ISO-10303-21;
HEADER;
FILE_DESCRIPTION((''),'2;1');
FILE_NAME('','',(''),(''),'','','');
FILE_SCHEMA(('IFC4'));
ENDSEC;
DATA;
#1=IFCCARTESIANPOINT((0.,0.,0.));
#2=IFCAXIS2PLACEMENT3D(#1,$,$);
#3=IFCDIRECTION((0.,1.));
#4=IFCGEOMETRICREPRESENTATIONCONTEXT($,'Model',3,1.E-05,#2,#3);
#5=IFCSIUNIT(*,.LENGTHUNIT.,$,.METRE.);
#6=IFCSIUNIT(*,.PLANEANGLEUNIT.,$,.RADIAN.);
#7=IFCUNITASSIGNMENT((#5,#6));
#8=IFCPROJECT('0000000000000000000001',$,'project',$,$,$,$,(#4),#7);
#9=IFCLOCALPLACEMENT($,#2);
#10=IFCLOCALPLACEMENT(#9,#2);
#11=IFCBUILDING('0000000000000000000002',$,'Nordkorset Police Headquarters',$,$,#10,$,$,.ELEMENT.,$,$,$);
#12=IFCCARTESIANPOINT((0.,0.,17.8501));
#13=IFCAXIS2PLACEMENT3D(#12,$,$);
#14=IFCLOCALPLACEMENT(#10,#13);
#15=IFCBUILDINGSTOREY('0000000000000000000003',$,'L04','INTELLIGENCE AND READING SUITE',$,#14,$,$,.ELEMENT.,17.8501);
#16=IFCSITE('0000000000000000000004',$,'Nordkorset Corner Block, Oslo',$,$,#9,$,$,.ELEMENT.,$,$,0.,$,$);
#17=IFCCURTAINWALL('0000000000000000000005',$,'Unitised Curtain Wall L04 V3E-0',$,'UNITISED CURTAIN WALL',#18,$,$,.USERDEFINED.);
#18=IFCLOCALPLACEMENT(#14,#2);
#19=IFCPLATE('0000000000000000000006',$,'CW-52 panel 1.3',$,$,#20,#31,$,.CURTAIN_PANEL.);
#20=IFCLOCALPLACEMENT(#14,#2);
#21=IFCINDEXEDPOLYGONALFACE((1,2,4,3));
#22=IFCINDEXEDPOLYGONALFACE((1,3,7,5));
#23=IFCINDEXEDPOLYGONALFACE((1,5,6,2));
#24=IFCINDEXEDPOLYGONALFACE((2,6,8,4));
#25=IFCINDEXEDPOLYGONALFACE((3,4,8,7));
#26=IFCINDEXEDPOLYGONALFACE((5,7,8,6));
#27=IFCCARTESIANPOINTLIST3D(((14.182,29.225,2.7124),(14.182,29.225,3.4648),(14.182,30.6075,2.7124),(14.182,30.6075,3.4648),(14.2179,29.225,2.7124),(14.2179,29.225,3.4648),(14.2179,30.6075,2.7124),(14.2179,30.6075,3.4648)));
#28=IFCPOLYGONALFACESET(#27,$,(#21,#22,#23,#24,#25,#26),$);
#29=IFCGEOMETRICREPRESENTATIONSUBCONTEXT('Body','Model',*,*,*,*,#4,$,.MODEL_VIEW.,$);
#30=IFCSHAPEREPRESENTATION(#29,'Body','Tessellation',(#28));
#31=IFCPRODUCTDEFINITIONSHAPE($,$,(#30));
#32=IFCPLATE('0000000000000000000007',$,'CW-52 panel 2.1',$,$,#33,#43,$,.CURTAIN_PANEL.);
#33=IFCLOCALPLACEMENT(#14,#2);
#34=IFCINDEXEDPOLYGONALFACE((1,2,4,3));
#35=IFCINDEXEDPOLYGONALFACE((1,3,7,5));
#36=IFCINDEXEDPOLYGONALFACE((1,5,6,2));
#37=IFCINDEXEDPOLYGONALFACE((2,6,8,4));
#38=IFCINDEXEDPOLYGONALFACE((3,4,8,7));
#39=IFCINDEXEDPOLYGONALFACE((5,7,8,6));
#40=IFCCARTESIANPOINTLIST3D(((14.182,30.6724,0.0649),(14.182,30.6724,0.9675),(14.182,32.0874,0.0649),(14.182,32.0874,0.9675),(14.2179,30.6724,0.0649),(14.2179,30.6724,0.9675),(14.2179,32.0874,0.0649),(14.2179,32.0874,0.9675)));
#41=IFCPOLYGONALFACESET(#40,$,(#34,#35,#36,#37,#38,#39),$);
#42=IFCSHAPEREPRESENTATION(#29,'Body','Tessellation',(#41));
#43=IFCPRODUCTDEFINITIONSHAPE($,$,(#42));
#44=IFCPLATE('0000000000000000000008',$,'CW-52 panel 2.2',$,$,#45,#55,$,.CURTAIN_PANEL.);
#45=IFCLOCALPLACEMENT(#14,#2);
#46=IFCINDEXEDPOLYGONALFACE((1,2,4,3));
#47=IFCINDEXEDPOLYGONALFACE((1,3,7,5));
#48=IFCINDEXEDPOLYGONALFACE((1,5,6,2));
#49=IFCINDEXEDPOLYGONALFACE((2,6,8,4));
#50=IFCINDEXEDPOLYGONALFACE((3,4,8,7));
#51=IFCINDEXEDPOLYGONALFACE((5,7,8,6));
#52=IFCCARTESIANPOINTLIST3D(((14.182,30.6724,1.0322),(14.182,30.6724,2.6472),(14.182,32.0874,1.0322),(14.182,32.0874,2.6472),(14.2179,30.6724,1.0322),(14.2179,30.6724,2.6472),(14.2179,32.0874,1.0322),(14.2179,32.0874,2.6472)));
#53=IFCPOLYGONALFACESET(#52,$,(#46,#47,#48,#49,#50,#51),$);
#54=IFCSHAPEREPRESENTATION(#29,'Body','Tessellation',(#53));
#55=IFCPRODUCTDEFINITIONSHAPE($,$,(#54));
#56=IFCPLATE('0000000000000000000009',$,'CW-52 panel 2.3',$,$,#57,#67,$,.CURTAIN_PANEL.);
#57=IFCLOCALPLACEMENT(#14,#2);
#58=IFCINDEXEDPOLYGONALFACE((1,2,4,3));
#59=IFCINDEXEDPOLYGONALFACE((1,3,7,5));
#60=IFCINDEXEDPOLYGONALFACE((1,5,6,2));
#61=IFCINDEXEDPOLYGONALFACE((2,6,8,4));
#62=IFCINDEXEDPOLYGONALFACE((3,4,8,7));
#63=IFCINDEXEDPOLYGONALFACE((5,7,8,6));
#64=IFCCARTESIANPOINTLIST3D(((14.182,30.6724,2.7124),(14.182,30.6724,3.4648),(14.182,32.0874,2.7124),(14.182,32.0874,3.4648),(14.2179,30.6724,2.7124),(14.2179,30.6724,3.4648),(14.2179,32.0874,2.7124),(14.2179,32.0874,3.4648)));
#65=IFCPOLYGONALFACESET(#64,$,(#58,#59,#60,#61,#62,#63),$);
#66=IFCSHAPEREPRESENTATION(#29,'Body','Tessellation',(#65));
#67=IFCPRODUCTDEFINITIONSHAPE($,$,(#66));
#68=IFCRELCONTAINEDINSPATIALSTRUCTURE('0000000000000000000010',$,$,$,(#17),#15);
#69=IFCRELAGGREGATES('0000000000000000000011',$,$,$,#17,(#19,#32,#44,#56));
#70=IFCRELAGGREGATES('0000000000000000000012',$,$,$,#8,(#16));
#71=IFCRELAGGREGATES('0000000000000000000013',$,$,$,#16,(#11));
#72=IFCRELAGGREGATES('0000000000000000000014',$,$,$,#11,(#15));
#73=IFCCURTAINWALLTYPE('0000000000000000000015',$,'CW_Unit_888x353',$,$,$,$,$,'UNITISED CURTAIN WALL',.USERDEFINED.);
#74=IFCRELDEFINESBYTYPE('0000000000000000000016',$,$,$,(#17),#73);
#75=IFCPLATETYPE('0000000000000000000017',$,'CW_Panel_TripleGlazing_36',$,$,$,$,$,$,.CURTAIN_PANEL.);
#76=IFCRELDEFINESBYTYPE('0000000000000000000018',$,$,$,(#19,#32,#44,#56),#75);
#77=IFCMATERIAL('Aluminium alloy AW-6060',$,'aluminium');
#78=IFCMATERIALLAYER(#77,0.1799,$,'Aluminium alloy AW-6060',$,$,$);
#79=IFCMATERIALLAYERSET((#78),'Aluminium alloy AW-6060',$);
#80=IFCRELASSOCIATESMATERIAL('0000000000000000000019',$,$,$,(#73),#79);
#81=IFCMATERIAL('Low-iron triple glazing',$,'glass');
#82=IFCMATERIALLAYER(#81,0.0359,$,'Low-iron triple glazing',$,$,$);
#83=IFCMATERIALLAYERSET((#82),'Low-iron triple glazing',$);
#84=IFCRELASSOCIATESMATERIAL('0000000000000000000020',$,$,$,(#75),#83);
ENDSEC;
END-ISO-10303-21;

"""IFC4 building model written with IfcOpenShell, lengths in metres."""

from ifc_helpers import new_model, si_unit, direction, frame, origin, origin_2d, place, context, subcontext, project, spatial, rectangle, extrude, material, layer, layer_set, type_object, element, aggregate, save


model = new_model("IFC4")

# Units and contexts
model_context = context("Model", 3, precision=1e-05, world=origin(), true_north=direction((0.0, 1.0)))
body_context = subcontext(model_context, "Body", "Model", "MODEL_VIEW")
ifc_project = project(units=[si_unit("LENGTHUNIT", "METRE"), si_unit("PLANEANGLEUNIT", "RADIAN")], contexts=[model_context])

# Site, building, storey
site_placement = place(None, origin())
site = spatial("IfcSite", under=ifc_project, at=site_placement, Name="Nordkorset Corner Block, Oslo", CompositionType="ELEMENT", RefElevation=0.0)
building_placement = place(site_placement, origin())
building = spatial("IfcBuilding", under=site, at=building_placement, Name="Nordkorset Police Headquarters", CompositionType="ELEMENT")
storey_placement = place(building_placement, frame((0.0, 0.0, 17.8501)))
storey = spatial("IfcBuildingStorey", under=building, at=storey_placement, Name="L04", Description="INTELLIGENCE AND READING SUITE", CompositionType="ELEMENT", Elevation=17.8501)

# Curtain wall
ifc_material_1 = material(Name="Aluminium alloy AW-6060", Category="aluminium")
ifc_layer_1 = layer(ifc_material_1, 0.1799, Name="Aluminium alloy AW-6060")
ifc_layer_set_1 = layer_set([ifc_layer_1], Name="Aluminium alloy AW-6060")
curtain_wall_type_1 = type_object("IfcCurtainWallType", Name="CW_Unit_888x353", ElementType="UNITISED CURTAIN WALL", PredefinedType="USERDEFINED", material=ifc_layer_set_1)
curtain_wall_1_placement = place(storey_placement, origin())
curtain_wall_1 = element("IfcCurtainWall", 1, at=curtain_wall_1_placement, inside=storey, type_object=curtain_wall_type_1, Name="Unitised Curtain Wall L04 V3E-0", ObjectType="UNITISED CURTAIN WALL", PredefinedType="USERDEFINED")

# Plates
ifc_material_2 = material(Name="Low-iron triple glazing", Category="glass")
ifc_layer_2 = layer(ifc_material_2, 0.0359, Name="Low-iron triple glazing")
ifc_layer_set_2 = layer_set([ifc_layer_2], Name="Low-iron triple glazing")
plate_type = type_object("IfcPlateType", Name="CW_Panel_TripleGlazing_36", PredefinedType="CURTAIN_PANEL", material=ifc_layer_set_2)
plate_1_placement = place(storey_placement, frame((14.2, 29.9163, 2.7124), z_axis=(0.0, 0.0, 1.0), x_axis=(0.0, 1.0, 0.0)))
plate_1 = element("IfcPlate", 2, at=plate_1_placement, type_object=plate_type, Name="CW-52 panel 1.3", PredefinedType="CURTAIN_PANEL", context=body_context, shape_type="SweptSolid", body=[
    extrude(rectangle(XDim=1.3826, YDim=0.0359, at=origin_2d()), origin(), (0.0, 0.0, 1.0), 0.7524),
])
plate_2_placement = place(storey_placement, frame((14.2, 31.3799, 0.0649), z_axis=(0.0, 0.0, 1.0), x_axis=(0.0, 1.0, 0.0)))
plate_2 = element("IfcPlate", 3, at=plate_2_placement, type_object=plate_type, Name="CW-52 panel 2.1", PredefinedType="CURTAIN_PANEL", context=body_context, shape_type="SweptSolid", body=[
    extrude(rectangle(XDim=1.415, YDim=0.0359, at=origin_2d()), origin(), (0.0, 0.0, 1.0), 0.9026),
])
plate_3_placement = place(storey_placement, frame((14.2, 31.3799, 1.0322), z_axis=(0.0, 0.0, 1.0), x_axis=(0.0, 1.0, 0.0)))
plate_3 = element("IfcPlate", 4, at=plate_3_placement, type_object=plate_type, Name="CW-52 panel 2.2", PredefinedType="CURTAIN_PANEL", context=body_context, shape_type="SweptSolid", body=[
    extrude(rectangle(XDim=1.415, YDim=0.0359, at=origin_2d()), origin(), (0.0, 0.0, 1.0), 1.615),
])
plate_4_placement = place(storey_placement, frame((14.2, 31.3799, 2.7124), z_axis=(0.0, 0.0, 1.0), x_axis=(0.0, 1.0, 0.0)))
plate_4 = element("IfcPlate", 5, at=plate_4_placement, type_object=plate_type, Name="CW-52 panel 2.3", PredefinedType="CURTAIN_PANEL", context=body_context, shape_type="SweptSolid", body=[
    extrude(rectangle(XDim=1.415, YDim=0.0359, at=origin_2d()), origin(), (0.0, 0.0, 1.0), 0.7524),
])
aggregate(curtain_wall_1, [plate_1, plate_2, plate_3, plate_4])

save(model, "model.ifc")
